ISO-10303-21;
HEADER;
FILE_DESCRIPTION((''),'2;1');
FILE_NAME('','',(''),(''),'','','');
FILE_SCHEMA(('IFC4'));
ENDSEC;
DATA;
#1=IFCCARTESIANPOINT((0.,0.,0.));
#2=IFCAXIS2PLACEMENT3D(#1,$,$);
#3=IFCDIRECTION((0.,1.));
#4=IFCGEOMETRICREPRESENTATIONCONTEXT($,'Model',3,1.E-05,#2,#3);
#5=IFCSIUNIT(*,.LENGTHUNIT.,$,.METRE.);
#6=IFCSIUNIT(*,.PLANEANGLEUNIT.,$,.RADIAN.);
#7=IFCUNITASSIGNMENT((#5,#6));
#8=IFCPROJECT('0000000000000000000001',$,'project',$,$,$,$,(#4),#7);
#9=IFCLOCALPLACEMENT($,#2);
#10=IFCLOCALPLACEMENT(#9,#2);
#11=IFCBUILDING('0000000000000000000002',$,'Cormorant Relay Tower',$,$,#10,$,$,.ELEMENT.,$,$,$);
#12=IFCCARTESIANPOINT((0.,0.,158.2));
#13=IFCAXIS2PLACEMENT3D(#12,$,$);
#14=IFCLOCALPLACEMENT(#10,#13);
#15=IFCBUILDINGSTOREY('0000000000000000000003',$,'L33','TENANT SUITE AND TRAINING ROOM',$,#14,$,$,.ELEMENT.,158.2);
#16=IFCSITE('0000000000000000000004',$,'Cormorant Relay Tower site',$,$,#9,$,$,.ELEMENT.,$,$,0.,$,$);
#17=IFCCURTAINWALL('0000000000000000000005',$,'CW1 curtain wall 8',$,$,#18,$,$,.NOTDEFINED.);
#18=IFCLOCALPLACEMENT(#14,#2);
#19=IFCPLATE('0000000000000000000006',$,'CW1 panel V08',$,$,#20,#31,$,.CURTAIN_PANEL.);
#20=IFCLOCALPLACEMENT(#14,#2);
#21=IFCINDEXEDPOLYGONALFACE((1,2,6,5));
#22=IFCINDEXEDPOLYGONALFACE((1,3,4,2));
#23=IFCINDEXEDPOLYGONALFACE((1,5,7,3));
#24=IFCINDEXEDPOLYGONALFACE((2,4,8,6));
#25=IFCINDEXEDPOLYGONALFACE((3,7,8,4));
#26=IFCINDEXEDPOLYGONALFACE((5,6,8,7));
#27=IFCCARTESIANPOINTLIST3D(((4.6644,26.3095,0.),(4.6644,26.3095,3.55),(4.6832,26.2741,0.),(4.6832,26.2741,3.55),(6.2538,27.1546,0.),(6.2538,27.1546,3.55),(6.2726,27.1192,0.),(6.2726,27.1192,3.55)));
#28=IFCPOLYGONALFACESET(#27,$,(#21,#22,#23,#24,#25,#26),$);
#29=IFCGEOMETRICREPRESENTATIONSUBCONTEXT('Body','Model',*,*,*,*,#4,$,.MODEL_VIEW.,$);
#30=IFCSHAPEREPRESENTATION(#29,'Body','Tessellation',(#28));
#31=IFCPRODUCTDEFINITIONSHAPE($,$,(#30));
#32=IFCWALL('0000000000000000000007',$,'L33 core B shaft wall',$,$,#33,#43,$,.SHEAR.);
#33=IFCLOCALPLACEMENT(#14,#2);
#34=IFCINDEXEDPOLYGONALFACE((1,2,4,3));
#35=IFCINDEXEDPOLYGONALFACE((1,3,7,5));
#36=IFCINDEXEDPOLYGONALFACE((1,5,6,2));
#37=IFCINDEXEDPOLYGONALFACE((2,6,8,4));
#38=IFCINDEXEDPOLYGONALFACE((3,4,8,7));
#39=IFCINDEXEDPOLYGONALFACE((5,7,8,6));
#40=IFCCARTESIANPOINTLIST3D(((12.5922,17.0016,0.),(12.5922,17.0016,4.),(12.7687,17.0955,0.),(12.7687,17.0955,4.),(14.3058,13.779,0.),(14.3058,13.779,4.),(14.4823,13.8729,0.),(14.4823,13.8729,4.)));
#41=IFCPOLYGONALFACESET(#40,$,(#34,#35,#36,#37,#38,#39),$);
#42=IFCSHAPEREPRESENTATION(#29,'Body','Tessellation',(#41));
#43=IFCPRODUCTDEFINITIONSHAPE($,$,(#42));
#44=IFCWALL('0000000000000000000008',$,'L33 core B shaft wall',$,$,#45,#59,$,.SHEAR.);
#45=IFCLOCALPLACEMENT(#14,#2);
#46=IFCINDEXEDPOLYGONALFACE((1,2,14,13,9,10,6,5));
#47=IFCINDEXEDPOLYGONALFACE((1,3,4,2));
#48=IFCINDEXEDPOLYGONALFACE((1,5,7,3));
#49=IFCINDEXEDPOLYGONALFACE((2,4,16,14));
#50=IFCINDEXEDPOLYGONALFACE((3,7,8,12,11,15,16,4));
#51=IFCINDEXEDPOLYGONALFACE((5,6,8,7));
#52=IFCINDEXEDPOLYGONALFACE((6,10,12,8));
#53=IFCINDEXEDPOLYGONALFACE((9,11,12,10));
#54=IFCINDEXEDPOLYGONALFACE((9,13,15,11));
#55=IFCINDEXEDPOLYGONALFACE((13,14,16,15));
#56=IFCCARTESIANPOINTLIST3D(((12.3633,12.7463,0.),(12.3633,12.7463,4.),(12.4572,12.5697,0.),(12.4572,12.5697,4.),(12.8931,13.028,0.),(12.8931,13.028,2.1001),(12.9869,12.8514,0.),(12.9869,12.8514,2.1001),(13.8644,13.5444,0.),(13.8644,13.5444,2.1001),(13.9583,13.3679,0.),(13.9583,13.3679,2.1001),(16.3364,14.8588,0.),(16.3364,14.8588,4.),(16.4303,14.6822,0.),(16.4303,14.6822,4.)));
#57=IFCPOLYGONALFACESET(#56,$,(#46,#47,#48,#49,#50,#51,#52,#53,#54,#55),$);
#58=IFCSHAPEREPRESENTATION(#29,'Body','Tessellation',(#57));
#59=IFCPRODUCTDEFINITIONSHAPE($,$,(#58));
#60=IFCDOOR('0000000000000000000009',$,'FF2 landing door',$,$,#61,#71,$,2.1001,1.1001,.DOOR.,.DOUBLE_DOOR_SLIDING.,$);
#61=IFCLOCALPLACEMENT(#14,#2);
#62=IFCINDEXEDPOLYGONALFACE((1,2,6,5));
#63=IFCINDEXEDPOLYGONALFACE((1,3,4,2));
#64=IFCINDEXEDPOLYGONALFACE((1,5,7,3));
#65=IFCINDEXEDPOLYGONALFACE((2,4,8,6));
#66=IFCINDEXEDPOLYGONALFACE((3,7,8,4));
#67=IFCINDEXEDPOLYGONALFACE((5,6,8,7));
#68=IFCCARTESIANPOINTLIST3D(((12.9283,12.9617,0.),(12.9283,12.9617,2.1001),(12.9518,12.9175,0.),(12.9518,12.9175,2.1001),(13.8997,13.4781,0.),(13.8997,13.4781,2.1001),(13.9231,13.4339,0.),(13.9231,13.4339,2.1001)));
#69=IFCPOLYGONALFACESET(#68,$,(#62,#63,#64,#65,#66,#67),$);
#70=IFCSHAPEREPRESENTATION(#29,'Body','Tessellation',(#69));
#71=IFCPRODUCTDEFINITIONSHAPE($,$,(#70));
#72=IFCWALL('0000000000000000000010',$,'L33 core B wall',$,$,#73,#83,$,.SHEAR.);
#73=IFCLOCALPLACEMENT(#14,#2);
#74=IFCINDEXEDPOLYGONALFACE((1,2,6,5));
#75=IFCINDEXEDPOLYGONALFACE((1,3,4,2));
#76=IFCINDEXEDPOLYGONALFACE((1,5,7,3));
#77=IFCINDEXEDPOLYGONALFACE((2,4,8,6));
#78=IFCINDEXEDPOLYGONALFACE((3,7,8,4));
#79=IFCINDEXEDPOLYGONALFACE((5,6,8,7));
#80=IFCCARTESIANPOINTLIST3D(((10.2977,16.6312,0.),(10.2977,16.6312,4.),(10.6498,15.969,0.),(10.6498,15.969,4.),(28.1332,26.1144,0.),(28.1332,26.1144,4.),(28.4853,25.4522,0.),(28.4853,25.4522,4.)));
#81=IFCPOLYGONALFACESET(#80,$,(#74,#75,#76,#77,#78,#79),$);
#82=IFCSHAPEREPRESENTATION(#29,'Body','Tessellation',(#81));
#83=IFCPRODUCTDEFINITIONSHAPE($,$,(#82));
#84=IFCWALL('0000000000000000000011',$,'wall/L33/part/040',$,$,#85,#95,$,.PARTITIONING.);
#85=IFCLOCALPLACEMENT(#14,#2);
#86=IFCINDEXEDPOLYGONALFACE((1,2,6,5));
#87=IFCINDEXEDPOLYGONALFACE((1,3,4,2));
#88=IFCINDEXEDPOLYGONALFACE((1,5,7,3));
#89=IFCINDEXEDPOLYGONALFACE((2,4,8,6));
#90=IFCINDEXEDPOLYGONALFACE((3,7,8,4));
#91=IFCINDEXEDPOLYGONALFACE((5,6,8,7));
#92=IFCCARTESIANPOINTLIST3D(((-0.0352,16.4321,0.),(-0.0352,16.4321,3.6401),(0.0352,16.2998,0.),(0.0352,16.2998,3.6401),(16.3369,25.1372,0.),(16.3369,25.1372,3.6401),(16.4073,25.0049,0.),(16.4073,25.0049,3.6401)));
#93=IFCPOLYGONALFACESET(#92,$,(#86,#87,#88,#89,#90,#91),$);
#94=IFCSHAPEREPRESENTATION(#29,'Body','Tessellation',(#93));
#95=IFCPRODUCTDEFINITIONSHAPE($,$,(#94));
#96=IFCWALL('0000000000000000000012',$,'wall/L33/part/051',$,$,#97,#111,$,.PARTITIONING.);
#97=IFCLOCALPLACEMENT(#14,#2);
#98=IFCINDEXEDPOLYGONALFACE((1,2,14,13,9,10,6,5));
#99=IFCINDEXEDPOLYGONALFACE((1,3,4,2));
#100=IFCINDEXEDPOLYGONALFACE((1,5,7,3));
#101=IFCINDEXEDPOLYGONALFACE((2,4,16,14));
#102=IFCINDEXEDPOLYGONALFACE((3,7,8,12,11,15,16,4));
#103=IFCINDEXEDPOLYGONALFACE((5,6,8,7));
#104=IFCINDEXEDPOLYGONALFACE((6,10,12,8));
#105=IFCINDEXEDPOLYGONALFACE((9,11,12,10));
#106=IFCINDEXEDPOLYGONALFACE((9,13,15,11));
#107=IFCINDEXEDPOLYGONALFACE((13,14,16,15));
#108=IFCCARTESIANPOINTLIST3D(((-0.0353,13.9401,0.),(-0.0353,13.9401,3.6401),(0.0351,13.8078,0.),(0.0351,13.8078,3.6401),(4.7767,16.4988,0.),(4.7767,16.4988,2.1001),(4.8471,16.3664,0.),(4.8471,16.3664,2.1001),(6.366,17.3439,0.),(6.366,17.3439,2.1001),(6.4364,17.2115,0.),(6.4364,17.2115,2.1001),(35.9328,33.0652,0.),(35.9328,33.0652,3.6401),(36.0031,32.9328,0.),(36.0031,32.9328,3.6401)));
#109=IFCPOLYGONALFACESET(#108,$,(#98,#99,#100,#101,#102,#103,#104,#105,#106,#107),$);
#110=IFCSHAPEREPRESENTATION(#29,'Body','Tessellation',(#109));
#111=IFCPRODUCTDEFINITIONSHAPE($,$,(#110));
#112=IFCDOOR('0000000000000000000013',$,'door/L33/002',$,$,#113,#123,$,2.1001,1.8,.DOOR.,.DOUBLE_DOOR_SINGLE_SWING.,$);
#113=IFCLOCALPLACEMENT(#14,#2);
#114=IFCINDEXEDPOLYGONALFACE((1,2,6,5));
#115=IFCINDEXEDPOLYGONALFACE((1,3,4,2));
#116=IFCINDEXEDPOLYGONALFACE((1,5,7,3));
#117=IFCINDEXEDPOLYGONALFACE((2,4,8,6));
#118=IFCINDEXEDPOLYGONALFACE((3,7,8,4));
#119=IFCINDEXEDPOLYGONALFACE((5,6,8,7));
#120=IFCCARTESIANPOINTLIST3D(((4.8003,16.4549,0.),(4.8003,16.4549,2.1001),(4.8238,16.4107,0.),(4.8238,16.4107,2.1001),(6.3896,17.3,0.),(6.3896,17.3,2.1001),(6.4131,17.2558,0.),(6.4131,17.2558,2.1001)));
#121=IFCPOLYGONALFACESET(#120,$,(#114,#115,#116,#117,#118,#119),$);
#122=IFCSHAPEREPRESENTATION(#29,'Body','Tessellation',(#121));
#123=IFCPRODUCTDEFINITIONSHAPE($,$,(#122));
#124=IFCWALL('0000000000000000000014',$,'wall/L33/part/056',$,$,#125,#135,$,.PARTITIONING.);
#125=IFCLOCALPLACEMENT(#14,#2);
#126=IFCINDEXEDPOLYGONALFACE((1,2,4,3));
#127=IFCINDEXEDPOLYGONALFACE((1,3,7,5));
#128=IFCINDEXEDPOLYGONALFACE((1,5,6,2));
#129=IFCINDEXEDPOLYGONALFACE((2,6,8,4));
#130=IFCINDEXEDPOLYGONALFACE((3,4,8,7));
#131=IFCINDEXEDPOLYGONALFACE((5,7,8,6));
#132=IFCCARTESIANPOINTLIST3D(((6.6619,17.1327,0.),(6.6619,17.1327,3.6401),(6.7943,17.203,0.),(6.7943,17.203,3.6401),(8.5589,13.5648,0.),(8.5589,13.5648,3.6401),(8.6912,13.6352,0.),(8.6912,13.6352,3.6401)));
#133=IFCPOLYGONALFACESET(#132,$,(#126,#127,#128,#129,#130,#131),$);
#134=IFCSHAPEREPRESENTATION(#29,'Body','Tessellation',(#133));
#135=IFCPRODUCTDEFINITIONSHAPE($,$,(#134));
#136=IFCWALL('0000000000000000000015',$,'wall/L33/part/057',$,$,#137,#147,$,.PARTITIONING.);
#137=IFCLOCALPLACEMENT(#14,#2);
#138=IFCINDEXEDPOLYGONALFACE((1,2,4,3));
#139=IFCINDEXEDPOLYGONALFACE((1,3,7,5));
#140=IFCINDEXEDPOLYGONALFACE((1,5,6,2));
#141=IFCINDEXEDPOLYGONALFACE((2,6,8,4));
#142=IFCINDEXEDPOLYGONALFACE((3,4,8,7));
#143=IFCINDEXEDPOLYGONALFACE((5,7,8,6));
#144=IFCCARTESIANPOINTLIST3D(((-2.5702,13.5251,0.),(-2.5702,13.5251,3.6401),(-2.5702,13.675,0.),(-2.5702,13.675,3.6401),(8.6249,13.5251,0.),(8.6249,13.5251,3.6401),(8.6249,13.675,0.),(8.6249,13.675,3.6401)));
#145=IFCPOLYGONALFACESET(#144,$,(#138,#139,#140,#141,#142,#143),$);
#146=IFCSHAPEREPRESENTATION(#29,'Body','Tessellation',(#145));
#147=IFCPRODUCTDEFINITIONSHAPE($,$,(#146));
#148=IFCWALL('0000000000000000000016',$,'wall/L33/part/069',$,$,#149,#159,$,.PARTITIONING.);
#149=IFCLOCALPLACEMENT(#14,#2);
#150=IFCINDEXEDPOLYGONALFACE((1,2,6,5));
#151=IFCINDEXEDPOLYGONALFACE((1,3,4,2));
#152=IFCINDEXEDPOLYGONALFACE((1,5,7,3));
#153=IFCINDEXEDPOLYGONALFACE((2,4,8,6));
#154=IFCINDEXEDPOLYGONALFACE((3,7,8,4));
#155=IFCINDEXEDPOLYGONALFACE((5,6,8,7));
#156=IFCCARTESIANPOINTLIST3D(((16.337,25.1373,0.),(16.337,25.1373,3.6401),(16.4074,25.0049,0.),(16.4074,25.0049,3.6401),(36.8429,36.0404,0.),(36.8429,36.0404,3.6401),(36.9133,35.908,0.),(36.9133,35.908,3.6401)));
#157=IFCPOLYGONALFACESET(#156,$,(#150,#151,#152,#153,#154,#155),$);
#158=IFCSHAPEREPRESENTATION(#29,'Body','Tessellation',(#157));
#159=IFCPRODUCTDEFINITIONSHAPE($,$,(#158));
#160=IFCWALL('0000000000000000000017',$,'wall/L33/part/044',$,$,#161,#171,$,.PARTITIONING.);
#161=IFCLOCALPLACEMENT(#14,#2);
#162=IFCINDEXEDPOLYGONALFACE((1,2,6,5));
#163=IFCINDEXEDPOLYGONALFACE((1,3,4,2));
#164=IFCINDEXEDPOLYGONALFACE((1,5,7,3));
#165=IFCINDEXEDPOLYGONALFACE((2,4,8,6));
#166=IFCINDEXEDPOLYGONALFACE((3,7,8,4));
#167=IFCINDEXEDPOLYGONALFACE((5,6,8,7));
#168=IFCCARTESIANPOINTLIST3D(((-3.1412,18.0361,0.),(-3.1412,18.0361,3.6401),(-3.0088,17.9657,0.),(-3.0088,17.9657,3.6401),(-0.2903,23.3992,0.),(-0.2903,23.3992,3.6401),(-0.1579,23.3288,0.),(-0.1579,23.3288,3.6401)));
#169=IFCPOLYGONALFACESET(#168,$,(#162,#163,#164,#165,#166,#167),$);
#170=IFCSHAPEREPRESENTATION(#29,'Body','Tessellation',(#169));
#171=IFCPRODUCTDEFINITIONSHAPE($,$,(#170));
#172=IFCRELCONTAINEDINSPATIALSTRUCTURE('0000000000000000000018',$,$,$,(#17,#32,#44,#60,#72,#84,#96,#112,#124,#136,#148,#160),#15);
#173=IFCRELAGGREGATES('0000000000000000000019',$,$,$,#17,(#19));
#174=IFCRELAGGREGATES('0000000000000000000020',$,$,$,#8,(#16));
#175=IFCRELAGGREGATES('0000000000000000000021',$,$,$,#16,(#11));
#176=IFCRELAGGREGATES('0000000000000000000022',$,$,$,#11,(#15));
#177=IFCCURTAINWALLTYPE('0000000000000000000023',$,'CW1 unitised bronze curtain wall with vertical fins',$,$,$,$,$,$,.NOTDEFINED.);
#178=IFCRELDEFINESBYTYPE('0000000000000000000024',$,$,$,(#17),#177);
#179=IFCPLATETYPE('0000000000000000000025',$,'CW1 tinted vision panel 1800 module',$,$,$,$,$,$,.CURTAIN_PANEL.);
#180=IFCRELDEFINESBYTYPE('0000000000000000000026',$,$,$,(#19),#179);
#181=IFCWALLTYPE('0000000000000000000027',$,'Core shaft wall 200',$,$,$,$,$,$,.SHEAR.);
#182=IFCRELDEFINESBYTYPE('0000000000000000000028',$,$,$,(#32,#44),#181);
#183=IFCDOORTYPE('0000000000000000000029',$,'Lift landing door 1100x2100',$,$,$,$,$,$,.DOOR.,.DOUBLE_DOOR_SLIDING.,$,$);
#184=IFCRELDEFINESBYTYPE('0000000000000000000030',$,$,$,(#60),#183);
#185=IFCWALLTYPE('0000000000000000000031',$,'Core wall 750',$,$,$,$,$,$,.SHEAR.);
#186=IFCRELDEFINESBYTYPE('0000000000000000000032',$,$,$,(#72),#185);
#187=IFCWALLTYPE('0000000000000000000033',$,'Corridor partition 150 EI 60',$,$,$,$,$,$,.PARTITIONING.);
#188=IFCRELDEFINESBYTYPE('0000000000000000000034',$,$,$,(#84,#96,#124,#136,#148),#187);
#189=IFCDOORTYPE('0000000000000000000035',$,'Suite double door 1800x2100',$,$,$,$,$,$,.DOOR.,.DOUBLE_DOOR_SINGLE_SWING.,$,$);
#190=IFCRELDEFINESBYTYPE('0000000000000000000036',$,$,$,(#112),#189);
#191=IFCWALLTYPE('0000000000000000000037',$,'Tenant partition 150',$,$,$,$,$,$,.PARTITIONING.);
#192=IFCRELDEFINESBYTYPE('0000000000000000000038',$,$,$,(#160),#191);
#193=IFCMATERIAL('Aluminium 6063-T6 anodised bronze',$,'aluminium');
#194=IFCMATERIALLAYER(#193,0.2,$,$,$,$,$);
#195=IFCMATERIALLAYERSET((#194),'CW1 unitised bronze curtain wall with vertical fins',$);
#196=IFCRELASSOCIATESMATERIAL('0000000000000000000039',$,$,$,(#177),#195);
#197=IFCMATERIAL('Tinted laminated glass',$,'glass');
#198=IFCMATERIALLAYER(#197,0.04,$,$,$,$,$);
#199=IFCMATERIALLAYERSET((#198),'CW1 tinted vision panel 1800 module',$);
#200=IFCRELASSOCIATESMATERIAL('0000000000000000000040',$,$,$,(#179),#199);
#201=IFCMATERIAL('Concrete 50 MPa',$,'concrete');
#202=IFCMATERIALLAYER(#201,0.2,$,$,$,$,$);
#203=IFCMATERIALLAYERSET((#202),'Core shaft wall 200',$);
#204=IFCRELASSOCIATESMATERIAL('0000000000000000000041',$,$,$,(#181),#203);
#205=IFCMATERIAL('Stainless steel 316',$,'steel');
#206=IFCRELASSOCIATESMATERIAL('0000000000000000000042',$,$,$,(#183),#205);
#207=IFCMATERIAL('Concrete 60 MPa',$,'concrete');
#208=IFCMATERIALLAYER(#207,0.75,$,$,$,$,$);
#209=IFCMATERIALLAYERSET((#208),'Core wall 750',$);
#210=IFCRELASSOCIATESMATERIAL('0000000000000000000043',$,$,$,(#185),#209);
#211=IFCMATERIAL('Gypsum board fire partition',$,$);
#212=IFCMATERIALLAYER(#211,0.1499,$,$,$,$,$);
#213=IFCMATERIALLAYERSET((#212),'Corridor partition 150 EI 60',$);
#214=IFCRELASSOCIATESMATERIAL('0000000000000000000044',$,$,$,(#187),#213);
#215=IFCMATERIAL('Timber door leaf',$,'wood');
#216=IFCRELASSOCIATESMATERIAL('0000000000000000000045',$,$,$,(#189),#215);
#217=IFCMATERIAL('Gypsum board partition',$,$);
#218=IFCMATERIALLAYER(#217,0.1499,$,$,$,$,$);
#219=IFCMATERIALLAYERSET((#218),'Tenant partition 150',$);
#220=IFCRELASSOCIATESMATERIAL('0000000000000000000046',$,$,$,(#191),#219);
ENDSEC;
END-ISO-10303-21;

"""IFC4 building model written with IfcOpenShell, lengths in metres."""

from ifc_helpers import new_model, si_unit, direction, frame, frame_2d, origin, origin_2d, place, context, subcontext, project, spatial, rectangle, extrude, material, layer, layer_set, type_object, element, fill, aggregate, save


model = new_model("IFC4")

# Units and contexts
model_context = context("Model", 3, precision=1e-05, world=origin(), true_north=direction((0.0, 1.0)))
body_context = subcontext(model_context, "Body", "Model", "MODEL_VIEW")
ifc_project = project(units=[si_unit("LENGTHUNIT", "METRE"), si_unit("PLANEANGLEUNIT", "RADIAN")], contexts=[model_context])

# Site, building, storey
site_placement = place(None, origin())
site = spatial("IfcSite", under=ifc_project, at=site_placement, Name="Cormorant Relay Tower site", CompositionType="ELEMENT", RefElevation=0.0)
building_placement = place(site_placement, origin())
building = spatial("IfcBuilding", under=site, at=building_placement, Name="Cormorant Relay Tower", CompositionType="ELEMENT")
storey_placement = place(building_placement, frame((0.0, 0.0, 158.2)))
storey = spatial("IfcBuildingStorey", under=building, at=storey_placement, Name="L33", Description="TENANT SUITE AND TRAINING ROOM", CompositionType="ELEMENT", Elevation=158.2)

# Curtain wall
ifc_material_1 = material(Name="Aluminium 6063-T6 anodised bronze", Category="aluminium")
ifc_layer_1 = layer(ifc_material_1, 0.2)
ifc_layer_set_1 = layer_set([ifc_layer_1], Name="CW1 unitised bronze curtain wall with vertical fins")
curtain_wall_type = type_object("IfcCurtainWallType", Name="CW1 unitised bronze curtain wall with vertical fins", PredefinedType="NOTDEFINED", material=ifc_layer_set_1)
curtain_wall_1_placement = place(storey_placement, origin())
curtain_wall_1 = element("IfcCurtainWall", 1, at=curtain_wall_1_placement, inside=storey, type_object=curtain_wall_type, Name="CW1 curtain wall 8", PredefinedType="NOTDEFINED")

# Plate
ifc_material_2 = material(Name="Tinted laminated glass", Category="glass")
ifc_layer_2 = layer(ifc_material_2, 0.04)
ifc_layer_set_2 = layer_set([ifc_layer_2], Name="CW1 tinted vision panel 1800 module")
plate_type = type_object("IfcPlateType", Name="CW1 tinted vision panel 1800 module", PredefinedType="CURTAIN_PANEL", material=ifc_layer_set_2)
plate_1_placement = place(storey_placement, frame((5.4685, 26.7144, 0.0), z_axis=(0.0, 0.0, 1.0), x_axis=(-0.882948, -0.469472, 0.0)))
plate_1 = element("IfcPlate", 2, at=plate_1_placement, type_object=plate_type, Name="CW1 panel V08", PredefinedType="CURTAIN_PANEL", context=body_context, shape_type="SweptSolid", body=[
    extrude(rectangle(XDim=1.8, YDim=0.04, at=origin_2d()), origin(), (0.0, 0.0, 1.0), 3.55),
])

# Wall
ifc_material_3 = material(Name="Concrete 50 MPa", Category="concrete")
ifc_layer_3 = layer(ifc_material_3, 0.2)
ifc_layer_set_3 = layer_set([ifc_layer_3], Name="Core shaft wall 200")
wall_type_1 = type_object("IfcWallType", Name="Core shaft wall 200", PredefinedType="SHEAR", material=ifc_layer_set_3)
wall_1_placement = place(storey_placement, frame((14.394, 13.8259, 0.0), z_axis=(0.0, 0.0, 1.0), x_axis=(-0.469494, 0.882936, 0.0)))
element("IfcWall", 3, at=wall_1_placement, inside=storey, type_object=wall_type_1, Name="L33 core B shaft wall", PredefinedType="SHEAR", context=body_context, shape_type="SweptSolid", body=[
    extrude(rectangle(XDim=3.6499, YDim=0.2, at=frame_2d((1.825, 0.0))), origin(), (0.0, 0.0, 1.0), 4.0),
])

# Wall, opening, door
wall_2_placement = place(storey_placement, frame((12.4102, 12.658, 0.0), z_axis=(0.0, 0.0, 1.0), x_axis=(0.882948, 0.46947, 0.0)))
wall_2 = element("IfcWall", 4, at=wall_2_placement, inside=storey, type_object=wall_type_1, Name="L33 core B shaft wall", PredefinedType="SHEAR", context=body_context, shape_type="SweptSolid", body=[
    extrude(rectangle(XDim=4.4998, YDim=0.2, at=frame_2d((2.25, 0.0))), origin(), (0.0, 0.0, 1.0), 4.0),
])
opening_1_placement = place(wall_2_placement, frame((0.6001, 0.0, 0.0)))
opening_1 = element("IfcOpeningElement", 5, at=opening_1_placement, cuts=wall_2, PredefinedType="OPENING", context=body_context, shape_type="SweptSolid", body=[
    extrude(rectangle(XDim=1.1001, YDim=2.1001, at=frame_2d((0.55, 1.05))), frame((0.0, 0.1099, 0.0), z_axis=(0.0, -1.0, 0.0), x_axis=(1.0, 0.0, 0.0)), (0.0, 0.0, 1.0), 0.22),
])
ifc_material_4 = material(Name="Stainless steel 316", Category="steel")
door_type_1 = type_object("IfcDoorType", Name="Lift landing door 1100x2100", OperationType="DOUBLE_DOOR_SLIDING", PredefinedType="DOOR", material=ifc_material_4)
door_1_placement = place(opening_1_placement, origin())
door_1 = element("IfcDoor", 6, at=door_1_placement, inside=storey, type_object=door_type_1, Name="FF2 landing door", OperationType="DOUBLE_DOOR_SLIDING", OverallHeight=2.1001, OverallWidth=1.1001, PredefinedType="DOOR", context=body_context, shape_type="SweptSolid", body=[
    extrude(rectangle(XDim=1.1001, YDim=2.1001, at=frame_2d((0.55, 1.05))), frame((0.0, 0.0249, 0.0), z_axis=(0.0, -1.0, 0.0), x_axis=(1.0, 0.0, 0.0)), (0.0, 0.0, 1.0), 0.05),
])
fill(opening_1, door_1)

# Walls
ifc_material_5 = material(Name="Concrete 60 MPa", Category="concrete")
ifc_layer_4 = layer(ifc_material_5, 0.75)
ifc_layer_set_4 = layer_set([ifc_layer_4], Name="Core wall 750")
wall_type_2 = type_object("IfcWallType", Name="Core wall 750", PredefinedType="SHEAR", material=ifc_layer_set_4)
wall_3_placement = place(storey_placement, frame((10.4736, 16.3, 0.0), z_axis=(0.0, 0.0, 1.0), x_axis=(0.88295, 0.469467, 0.0)))
element("IfcWall", 7, at=wall_3_placement, inside=storey, type_object=wall_type_2, Name="L33 core B wall", PredefinedType="SHEAR", context=body_context, shape_type="SweptSolid", body=[
    extrude(rectangle(XDim=20.2, YDim=0.75, at=frame_2d((10.1001, 0.0))), origin(), (0.0, 0.0, 1.0), 4.0),
])
ifc_material_6 = material(Name="Gypsum board fire partition")
ifc_layer_5 = layer(ifc_material_6, 0.1499)
ifc_layer_set_5 = layer_set([ifc_layer_5], Name="Corridor partition 150 EI 60")
wall_type_3 = type_object("IfcWallType", Name="Corridor partition 150 EI 60", PredefinedType="PARTITIONING", material=ifc_layer_set_5)
wall_4_placement = place(storey_placement, frame((0.0, 16.366, 0.0), z_axis=(0.0, 0.0, 1.0), x_axis=(0.88295, 0.469467, 0.0)))
element("IfcWall", 8, at=wall_4_placement, inside=storey, type_object=wall_type_3, Name="wall/L33/part/040", PredefinedType="PARTITIONING", context=body_context, shape_type="SweptSolid", body=[
    extrude(rectangle(XDim=18.5425, YDim=0.1499, at=frame_2d((9.2712, 0.0))), origin(), (0.0, 0.0, 1.0), 3.6401),
])

# Wall, opening, door
wall_5_placement = place(storey_placement, frame((0.0, 13.874, 0.0), z_axis=(0.0, 0.0, 1.0), x_axis=(0.882943, 0.46948, 0.0)))
wall_5 = element("IfcWall", 9, at=wall_5_placement, inside=storey, type_object=wall_type_3, Name="wall/L33/part/051", PredefinedType="PARTITIONING", context=body_context, shape_type="SweptSolid", body=[
    extrude(rectangle(XDim=40.7366, YDim=0.1499, at=frame_2d((20.3682, 0.0))), origin(), (0.0, 0.0, 1.0), 3.6401),
])
opening_2_placement = place(wall_5_placement, frame((5.45, 0.0, 0.0)))
opening_2 = element("IfcOpeningElement", 10, at=opening_2_placement, cuts=wall_5, PredefinedType="OPENING", context=body_context, shape_type="SweptSolid", body=[
    extrude(rectangle(XDim=1.8, YDim=2.1001, at=frame_2d((0.8999, 1.05))), frame((0.0, 0.085, 0.0), z_axis=(0.0, -1.0, 0.0), x_axis=(1.0, 0.0, 0.0)), (0.0, 0.0, 1.0), 0.1699),
])
ifc_material_7 = material(Name="Timber door leaf", Category="wood")
door_type_2 = type_object("IfcDoorType", Name="Suite double door 1800x2100", OperationType="DOUBLE_DOOR_SINGLE_SWING", PredefinedType="DOOR", material=ifc_material_7)
door_2_placement = place(opening_2_placement, frame((1.8, 0.0, 0.0), z_axis=(0.0, 0.0, 1.0), x_axis=(-1.0, 0.0, 0.0)))
door_2 = element("IfcDoor", 11, at=door_2_placement, inside=storey, type_object=door_type_2, Name="door/L33/002", OperationType="DOUBLE_DOOR_SINGLE_SWING", OverallHeight=2.1001, OverallWidth=1.8, PredefinedType="DOOR", context=body_context, shape_type="SweptSolid", body=[
    extrude(rectangle(XDim=1.8, YDim=2.1001, at=frame_2d((0.8999, 1.05))), frame((0.0, 0.0249, 0.0), z_axis=(0.0, -1.0, 0.0), x_axis=(1.0, 0.0, 0.0)), (0.0, 0.0, 1.0), 0.05),
])
fill(opening_2, door_2)

# Walls
wall_6_placement = place(storey_placement, frame((6.728, 17.168, 0.0), z_axis=(0.0, 0.0, 1.0), x_axis=(0.469453, -0.882958, 0.0)))
element("IfcWall", 12, at=wall_6_placement, inside=storey, type_object=wall_type_3, Name="wall/L33/part/056", PredefinedType="PARTITIONING", context=body_context, shape_type="SweptSolid", body=[
    extrude(rectangle(XDim=4.0408, YDim=0.1499, at=frame_2d((2.0205, 0.0))), origin(), (0.0, 0.0, 1.0), 3.6401),
])
wall_7_placement = place(storey_placement, frame((8.625, 13.6001, 0.0), z_axis=(0.0, 0.0, 1.0), x_axis=(-1.0, 0.0, 0.0)))
element("IfcWall", 13, at=wall_7_placement, inside=storey, type_object=wall_type_3, Name="wall/L33/part/057", PredefinedType="PARTITIONING", context=body_context, shape_type="SweptSolid", body=[
    extrude(rectangle(XDim=11.1951, YDim=0.1499, at=frame_2d((5.5977, 0.0))), origin(), (0.0, 0.0, 1.0), 3.6401),
])
wall_8_placement = place(storey_placement, frame((16.3721, 25.071, 0.0), z_axis=(0.0, 0.0, 1.0), x_axis=(0.882949, 0.469469, 0.0)))
element("IfcWall", 14, at=wall_8_placement, inside=storey, type_object=wall_type_3, Name="wall/L33/part/069", PredefinedType="PARTITIONING", context=body_context, shape_type="SweptSolid", body=[
    extrude(rectangle(XDim=23.2244, YDim=0.1499, at=frame_2d((11.6123, 0.0))), origin(), (0.0, 0.0, 1.0), 3.6401),
])
ifc_material_8 = material(Name="Gypsum board partition")
ifc_layer_6 = layer(ifc_material_8, 0.1499)
ifc_layer_set_6 = layer_set([ifc_layer_6], Name="Tenant partition 150")
wall_type_4 = type_object("IfcWallType", Name="Tenant partition 150", PredefinedType="PARTITIONING", material=ifc_layer_set_6)
wall_9_placement = place(storey_placement, frame((-0.2241, 23.364, 0.0), z_axis=(0.0, 0.0, 1.0), x_axis=(-0.469376, -0.882999, 0.0)))
element("IfcWall", 15, at=wall_9_placement, inside=storey, type_object=wall_type_4, Name="wall/L33/part/044", PredefinedType="PARTITIONING", context=body_context, shape_type="SweptSolid", body=[
    extrude(rectangle(XDim=6.0737, YDim=0.1499, at=frame_2d((3.0369, 0.0))), origin(), (0.0, 0.0, 1.0), 3.6401),
])

aggregate(curtain_wall_1, [plate_1])

save(model, "model.ifc")
